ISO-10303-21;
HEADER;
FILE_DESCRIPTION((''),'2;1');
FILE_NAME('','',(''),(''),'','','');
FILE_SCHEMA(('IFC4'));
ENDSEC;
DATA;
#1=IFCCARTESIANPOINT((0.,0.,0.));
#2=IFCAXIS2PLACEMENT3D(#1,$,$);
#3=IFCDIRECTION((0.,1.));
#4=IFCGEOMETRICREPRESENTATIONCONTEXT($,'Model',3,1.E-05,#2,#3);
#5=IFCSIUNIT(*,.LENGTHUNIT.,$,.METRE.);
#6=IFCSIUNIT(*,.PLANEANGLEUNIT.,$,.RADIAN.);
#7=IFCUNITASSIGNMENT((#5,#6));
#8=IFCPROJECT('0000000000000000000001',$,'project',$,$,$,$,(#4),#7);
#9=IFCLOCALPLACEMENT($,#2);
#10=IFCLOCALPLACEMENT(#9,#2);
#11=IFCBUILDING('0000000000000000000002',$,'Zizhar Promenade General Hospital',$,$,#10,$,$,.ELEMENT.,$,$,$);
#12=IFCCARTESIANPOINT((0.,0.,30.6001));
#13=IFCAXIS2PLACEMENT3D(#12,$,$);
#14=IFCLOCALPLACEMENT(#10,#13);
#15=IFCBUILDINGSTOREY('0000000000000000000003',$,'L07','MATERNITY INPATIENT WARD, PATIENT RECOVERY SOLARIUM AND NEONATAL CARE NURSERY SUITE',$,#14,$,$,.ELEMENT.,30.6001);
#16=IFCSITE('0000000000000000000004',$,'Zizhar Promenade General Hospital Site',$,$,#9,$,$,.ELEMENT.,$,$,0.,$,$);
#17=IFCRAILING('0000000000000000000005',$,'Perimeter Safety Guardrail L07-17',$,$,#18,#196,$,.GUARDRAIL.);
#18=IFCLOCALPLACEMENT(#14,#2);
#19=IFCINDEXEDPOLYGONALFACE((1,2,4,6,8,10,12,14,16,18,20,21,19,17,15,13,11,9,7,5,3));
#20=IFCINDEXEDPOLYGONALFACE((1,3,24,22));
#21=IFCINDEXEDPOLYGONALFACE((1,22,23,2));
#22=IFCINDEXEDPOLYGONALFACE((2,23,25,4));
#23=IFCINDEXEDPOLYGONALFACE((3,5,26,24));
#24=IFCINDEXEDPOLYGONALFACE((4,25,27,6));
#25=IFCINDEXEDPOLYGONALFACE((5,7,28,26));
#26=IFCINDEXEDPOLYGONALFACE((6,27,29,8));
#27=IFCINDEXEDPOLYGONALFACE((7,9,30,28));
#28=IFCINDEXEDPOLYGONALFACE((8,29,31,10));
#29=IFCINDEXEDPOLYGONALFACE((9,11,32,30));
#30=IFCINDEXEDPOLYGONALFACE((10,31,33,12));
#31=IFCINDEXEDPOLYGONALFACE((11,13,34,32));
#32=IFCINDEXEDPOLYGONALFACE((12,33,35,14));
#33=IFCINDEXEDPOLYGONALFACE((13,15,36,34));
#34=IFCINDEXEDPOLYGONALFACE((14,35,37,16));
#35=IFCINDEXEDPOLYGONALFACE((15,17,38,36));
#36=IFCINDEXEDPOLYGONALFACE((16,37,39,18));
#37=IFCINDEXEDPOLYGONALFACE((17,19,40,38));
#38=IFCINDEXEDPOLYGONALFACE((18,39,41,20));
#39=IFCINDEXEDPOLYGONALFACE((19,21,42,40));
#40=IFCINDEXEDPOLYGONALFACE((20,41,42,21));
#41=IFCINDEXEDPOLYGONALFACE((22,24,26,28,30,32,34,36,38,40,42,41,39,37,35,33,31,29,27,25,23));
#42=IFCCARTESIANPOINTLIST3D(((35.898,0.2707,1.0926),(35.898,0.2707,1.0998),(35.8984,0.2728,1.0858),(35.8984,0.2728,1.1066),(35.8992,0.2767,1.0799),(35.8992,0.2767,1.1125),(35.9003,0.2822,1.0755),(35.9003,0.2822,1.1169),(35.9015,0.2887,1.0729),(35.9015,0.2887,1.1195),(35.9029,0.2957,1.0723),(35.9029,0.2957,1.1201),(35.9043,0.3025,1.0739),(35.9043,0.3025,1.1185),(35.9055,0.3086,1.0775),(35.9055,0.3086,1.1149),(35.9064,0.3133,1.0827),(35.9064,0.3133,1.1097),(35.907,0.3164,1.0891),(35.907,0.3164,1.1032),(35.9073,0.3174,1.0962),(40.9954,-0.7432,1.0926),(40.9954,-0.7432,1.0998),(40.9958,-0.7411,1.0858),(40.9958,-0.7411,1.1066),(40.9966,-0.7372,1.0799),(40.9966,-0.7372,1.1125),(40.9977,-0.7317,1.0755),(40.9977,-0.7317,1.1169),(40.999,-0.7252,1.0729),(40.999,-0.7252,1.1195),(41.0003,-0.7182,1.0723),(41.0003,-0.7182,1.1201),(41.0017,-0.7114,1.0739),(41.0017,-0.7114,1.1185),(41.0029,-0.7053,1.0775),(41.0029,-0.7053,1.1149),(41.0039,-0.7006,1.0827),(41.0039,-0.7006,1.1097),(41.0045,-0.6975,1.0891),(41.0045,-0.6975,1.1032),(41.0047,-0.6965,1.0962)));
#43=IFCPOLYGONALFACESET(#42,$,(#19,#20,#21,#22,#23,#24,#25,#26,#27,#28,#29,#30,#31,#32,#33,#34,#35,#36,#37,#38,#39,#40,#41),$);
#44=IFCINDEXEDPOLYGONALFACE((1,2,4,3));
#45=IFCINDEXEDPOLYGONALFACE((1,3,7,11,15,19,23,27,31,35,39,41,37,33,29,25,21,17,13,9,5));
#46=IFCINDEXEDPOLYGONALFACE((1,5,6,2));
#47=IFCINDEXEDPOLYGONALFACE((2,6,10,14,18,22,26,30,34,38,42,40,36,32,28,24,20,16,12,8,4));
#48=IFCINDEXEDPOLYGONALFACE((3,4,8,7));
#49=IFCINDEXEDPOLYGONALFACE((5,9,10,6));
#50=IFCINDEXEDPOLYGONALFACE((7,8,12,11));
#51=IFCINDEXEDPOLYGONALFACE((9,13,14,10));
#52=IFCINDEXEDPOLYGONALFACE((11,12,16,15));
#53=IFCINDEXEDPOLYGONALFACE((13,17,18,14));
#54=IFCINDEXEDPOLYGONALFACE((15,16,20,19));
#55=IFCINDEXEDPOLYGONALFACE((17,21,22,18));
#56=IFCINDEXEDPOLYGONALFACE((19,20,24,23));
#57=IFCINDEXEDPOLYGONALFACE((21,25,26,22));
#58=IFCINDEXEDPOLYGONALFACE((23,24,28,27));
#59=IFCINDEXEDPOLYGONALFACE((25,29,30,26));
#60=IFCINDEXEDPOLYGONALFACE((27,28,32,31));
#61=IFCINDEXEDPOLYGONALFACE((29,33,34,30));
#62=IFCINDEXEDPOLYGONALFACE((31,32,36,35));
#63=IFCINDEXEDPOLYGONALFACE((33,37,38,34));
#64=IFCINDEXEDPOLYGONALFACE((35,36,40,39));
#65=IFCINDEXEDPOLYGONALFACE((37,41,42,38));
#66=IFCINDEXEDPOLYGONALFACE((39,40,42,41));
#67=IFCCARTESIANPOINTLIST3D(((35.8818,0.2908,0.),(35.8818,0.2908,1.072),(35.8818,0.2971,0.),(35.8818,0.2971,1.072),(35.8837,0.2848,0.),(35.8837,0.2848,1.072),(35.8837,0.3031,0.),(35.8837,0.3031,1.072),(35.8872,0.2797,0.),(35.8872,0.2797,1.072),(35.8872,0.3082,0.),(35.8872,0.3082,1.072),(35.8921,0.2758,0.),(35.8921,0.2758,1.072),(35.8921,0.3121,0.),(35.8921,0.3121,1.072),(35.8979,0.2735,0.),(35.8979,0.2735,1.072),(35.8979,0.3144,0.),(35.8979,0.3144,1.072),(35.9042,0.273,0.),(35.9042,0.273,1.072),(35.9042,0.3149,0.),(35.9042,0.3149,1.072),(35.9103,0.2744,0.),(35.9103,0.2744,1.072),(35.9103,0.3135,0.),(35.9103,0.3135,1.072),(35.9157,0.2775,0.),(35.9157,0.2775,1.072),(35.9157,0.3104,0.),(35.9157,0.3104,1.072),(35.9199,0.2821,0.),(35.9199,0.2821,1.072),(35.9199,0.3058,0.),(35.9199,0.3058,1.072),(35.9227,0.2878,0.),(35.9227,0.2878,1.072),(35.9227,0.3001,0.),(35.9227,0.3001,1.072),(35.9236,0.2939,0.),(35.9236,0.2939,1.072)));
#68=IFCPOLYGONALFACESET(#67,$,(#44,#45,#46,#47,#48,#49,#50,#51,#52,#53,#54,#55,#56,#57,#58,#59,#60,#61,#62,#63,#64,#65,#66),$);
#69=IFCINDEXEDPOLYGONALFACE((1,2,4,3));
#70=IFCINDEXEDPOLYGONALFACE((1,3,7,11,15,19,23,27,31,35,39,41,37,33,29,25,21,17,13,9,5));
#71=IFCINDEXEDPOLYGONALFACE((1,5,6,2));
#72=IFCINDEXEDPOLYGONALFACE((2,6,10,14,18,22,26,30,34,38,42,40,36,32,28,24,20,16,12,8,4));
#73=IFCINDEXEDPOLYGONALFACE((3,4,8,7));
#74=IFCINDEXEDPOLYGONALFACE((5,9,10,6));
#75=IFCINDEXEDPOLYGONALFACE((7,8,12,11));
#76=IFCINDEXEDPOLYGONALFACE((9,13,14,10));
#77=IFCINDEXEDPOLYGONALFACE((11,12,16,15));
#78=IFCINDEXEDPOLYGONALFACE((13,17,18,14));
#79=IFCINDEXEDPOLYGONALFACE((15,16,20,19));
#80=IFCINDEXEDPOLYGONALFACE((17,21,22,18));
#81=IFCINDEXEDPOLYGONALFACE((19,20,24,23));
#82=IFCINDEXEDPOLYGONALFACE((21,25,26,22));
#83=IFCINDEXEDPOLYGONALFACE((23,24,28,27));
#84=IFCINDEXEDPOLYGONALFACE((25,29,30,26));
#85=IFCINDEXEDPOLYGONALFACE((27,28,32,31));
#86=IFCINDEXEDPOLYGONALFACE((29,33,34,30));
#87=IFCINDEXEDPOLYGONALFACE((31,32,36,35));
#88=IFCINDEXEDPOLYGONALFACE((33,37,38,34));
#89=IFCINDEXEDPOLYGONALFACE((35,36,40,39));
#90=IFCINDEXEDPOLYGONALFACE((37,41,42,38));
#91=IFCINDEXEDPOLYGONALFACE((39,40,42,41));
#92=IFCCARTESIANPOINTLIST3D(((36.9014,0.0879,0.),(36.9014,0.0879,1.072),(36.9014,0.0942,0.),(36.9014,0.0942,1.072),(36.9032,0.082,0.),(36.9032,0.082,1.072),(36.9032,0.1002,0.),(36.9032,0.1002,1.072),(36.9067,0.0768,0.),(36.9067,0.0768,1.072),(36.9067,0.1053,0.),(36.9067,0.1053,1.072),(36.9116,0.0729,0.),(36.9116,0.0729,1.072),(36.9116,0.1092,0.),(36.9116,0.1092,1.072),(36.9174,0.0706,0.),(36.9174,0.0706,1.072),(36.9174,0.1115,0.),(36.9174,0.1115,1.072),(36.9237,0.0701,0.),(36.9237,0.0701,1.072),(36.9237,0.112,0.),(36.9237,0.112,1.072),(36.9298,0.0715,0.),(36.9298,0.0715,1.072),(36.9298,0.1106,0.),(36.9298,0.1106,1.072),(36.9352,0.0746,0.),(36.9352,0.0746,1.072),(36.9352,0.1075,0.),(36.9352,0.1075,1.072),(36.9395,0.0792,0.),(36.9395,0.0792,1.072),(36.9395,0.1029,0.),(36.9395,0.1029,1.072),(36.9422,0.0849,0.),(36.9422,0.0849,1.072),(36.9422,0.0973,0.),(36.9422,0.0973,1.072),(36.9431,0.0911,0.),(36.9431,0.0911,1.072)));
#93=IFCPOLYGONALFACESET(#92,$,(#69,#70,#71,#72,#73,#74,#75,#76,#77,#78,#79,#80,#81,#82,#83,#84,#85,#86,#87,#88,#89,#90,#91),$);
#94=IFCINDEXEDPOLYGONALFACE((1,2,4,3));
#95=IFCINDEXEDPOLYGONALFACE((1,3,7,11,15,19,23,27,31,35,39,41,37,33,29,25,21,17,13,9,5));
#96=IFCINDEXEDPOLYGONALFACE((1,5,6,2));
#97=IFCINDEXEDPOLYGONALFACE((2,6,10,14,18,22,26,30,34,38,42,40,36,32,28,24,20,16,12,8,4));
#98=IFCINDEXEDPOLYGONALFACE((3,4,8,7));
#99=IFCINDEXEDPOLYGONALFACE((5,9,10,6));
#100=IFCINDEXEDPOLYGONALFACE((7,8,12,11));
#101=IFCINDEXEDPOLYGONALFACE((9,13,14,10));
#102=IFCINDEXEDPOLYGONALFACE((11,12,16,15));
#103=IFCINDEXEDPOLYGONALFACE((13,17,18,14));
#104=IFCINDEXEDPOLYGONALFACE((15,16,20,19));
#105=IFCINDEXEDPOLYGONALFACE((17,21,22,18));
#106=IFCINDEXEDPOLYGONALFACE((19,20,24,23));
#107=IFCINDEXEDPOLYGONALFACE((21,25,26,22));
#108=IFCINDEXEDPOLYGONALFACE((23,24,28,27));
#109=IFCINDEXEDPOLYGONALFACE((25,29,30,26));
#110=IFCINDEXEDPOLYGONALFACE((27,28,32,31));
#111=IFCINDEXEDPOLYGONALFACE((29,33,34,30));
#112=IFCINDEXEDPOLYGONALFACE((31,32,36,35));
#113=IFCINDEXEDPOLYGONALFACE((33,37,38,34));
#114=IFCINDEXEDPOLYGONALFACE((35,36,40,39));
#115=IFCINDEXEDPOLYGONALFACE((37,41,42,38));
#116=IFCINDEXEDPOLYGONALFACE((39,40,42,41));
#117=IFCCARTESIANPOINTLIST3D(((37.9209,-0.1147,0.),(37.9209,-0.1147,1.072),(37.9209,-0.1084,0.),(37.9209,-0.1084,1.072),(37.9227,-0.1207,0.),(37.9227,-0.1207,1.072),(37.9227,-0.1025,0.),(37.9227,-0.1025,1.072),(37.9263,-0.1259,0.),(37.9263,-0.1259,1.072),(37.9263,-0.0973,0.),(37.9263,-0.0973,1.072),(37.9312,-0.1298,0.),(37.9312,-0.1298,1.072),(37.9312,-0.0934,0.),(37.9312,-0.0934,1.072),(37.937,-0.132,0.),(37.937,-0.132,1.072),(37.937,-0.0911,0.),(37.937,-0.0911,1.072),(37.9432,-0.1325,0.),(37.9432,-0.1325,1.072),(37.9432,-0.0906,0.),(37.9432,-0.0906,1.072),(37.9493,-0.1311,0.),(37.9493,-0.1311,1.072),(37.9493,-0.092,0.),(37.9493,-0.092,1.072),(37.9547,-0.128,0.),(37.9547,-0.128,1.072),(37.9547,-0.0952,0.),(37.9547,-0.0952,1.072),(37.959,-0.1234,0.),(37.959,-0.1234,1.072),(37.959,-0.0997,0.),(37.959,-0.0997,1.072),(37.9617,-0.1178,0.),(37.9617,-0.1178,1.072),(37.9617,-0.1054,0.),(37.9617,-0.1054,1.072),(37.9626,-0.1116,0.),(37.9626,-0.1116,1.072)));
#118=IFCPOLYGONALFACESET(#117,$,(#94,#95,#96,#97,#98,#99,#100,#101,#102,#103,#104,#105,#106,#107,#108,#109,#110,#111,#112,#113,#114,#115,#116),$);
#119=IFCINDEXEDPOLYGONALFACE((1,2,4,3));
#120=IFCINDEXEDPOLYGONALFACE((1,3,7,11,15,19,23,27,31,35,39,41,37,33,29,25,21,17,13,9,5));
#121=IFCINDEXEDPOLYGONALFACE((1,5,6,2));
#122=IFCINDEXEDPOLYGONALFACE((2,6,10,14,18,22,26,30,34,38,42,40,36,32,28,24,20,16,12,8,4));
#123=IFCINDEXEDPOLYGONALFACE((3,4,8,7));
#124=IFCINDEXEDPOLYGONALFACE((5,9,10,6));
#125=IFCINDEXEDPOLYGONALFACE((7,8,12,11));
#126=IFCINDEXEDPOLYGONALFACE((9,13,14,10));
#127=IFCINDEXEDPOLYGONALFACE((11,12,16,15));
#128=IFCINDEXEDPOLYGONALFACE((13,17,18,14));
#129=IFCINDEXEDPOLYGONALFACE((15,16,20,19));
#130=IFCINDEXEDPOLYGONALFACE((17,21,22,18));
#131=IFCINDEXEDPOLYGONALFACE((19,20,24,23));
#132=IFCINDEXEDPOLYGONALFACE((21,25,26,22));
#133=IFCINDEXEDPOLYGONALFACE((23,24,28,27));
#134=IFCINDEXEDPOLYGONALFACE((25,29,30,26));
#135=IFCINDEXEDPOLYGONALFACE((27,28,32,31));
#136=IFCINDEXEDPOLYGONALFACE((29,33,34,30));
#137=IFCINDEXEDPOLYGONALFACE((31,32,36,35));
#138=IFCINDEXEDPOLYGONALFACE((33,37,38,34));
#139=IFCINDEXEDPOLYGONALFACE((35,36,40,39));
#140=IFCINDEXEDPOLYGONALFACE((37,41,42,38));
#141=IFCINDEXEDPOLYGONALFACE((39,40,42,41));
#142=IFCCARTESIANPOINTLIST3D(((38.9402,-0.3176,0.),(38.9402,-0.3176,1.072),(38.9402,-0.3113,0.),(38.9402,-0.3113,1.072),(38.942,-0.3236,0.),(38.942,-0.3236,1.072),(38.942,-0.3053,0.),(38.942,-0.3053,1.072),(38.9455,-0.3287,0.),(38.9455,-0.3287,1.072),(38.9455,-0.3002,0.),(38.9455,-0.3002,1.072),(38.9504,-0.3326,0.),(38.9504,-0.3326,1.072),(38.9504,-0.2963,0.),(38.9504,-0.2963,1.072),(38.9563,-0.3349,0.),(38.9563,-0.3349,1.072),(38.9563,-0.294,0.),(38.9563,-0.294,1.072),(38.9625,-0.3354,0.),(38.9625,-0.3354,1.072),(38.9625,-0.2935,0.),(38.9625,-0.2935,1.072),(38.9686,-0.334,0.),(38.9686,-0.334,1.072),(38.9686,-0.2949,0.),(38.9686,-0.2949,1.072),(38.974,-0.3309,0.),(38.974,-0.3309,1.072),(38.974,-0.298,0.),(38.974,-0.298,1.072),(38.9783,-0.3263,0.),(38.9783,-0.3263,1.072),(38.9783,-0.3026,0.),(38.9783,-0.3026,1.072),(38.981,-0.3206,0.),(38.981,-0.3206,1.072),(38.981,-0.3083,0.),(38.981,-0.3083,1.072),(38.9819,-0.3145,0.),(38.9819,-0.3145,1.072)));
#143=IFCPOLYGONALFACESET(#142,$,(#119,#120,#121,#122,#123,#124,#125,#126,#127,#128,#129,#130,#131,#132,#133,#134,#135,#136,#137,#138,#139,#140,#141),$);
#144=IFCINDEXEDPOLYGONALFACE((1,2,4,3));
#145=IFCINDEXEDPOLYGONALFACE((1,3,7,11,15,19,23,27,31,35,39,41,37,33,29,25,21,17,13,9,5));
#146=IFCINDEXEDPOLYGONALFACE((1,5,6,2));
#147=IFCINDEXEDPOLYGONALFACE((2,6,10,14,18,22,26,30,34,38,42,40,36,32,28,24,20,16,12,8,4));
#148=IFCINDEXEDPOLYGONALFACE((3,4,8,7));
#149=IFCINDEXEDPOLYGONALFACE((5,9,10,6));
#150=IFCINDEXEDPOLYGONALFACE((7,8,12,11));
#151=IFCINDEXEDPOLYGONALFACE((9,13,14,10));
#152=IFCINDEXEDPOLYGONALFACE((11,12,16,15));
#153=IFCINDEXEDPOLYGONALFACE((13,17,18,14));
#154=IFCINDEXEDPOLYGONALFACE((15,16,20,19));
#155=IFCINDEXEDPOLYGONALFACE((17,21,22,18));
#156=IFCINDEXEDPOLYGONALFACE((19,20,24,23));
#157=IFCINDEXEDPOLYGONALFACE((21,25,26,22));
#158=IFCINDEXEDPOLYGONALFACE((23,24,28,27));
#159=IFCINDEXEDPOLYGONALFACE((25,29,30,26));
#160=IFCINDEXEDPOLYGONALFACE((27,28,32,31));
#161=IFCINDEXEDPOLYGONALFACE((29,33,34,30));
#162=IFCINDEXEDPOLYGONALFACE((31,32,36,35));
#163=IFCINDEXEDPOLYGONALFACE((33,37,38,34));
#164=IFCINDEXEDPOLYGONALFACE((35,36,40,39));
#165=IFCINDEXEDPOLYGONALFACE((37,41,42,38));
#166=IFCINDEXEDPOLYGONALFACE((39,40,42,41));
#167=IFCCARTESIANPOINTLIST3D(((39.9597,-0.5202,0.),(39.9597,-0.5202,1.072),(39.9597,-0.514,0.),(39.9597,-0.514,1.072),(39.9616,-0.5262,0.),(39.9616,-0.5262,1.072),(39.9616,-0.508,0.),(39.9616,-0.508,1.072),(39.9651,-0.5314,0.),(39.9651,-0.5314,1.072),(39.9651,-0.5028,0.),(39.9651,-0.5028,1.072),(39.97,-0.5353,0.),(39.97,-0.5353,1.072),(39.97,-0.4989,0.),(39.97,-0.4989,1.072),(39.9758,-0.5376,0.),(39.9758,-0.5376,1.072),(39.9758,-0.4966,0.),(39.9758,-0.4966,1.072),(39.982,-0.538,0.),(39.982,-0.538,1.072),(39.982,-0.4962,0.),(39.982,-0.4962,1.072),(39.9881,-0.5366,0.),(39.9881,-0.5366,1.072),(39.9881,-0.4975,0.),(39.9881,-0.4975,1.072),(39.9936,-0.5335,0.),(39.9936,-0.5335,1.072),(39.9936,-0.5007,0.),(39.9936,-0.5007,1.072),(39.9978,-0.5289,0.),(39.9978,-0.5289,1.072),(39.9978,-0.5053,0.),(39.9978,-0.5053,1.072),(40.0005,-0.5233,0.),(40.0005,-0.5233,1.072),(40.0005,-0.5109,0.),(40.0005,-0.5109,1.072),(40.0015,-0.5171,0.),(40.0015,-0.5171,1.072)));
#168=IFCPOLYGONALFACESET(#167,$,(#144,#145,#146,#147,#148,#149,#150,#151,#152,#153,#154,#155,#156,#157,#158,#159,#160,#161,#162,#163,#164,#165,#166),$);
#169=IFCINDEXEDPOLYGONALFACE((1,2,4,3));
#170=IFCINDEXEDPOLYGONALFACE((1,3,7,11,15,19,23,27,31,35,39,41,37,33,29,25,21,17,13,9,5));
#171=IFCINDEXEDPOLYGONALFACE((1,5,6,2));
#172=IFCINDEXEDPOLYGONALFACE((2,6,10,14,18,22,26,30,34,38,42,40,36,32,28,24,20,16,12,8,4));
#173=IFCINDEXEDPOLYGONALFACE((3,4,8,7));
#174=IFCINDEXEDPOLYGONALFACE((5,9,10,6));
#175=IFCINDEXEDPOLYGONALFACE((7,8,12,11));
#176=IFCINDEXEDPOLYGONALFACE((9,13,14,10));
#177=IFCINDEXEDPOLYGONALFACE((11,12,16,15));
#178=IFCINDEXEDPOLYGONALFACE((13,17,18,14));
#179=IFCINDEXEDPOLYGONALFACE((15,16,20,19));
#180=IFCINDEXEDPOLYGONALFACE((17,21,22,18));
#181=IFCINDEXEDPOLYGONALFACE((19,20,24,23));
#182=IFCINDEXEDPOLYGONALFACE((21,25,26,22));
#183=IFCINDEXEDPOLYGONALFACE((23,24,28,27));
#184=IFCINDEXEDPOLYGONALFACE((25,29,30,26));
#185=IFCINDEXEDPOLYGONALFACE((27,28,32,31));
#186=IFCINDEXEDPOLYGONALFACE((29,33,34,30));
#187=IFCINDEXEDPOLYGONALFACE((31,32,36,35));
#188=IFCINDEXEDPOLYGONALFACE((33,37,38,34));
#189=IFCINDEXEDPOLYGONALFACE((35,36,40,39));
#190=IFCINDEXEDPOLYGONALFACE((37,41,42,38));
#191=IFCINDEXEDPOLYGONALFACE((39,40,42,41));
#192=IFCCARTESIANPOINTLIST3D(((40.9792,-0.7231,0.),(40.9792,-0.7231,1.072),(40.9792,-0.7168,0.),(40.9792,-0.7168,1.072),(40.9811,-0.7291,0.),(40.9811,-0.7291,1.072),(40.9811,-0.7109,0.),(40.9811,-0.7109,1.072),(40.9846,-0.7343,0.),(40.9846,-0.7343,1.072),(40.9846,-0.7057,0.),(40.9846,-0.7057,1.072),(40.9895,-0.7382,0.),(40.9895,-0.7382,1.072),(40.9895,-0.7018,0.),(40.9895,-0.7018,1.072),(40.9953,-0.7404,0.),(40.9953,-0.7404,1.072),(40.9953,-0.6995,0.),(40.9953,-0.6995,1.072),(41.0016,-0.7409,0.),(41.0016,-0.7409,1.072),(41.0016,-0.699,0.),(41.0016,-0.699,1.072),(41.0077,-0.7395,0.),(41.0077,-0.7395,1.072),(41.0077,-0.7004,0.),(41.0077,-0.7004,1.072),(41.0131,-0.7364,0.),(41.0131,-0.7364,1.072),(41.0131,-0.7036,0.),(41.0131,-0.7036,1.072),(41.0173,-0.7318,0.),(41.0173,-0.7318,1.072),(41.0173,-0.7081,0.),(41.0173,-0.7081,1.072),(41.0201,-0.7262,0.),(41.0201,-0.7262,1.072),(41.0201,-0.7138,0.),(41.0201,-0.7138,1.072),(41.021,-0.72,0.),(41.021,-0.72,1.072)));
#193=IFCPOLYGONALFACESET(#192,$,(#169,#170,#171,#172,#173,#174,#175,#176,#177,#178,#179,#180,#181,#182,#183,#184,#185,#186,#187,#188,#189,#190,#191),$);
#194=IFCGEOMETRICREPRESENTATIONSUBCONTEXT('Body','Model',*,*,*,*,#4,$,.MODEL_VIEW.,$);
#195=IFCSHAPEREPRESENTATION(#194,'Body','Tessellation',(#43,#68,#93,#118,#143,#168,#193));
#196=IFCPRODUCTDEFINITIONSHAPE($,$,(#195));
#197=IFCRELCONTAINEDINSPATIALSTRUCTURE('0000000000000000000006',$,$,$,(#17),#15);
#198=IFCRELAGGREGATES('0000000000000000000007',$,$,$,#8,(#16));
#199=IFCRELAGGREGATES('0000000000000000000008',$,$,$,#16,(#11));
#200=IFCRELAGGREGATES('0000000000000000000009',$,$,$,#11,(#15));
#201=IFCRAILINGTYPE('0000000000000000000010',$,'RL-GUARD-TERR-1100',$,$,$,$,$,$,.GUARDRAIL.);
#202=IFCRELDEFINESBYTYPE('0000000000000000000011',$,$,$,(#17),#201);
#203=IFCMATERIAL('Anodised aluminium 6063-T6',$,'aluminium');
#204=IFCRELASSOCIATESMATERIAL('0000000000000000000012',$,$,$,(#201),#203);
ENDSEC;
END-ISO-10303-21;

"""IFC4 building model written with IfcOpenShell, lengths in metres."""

from ifc_helpers import new_model, si_unit, direction, frame, origin, origin_2d, place, context, subcontext, project, spatial, circle, hollow_circle, extrude, material, material_profile, profile_set, type_object, element, save


model = new_model("IFC4")

# Units and contexts
model_context = context("Model", 3, precision=1e-05, world=origin(), true_north=direction((0.0, 1.0)))
body_context = subcontext(model_context, "Body", "Model", "MODEL_VIEW")
ifc_project = project(units=[si_unit("LENGTHUNIT", "METRE"), si_unit("PLANEANGLEUNIT", "RADIAN")], contexts=[model_context])

# Site, building, storey
site_placement = place(None, origin())
site = spatial("IfcSite", under=ifc_project, at=site_placement, Name="Zizhar Promenade General Hospital Site", CompositionType="ELEMENT", RefElevation=0.0)
building_placement = place(site_placement, origin())
building = spatial("IfcBuilding", under=site, at=building_placement, Name="Zizhar Promenade General Hospital", CompositionType="ELEMENT")
storey_placement = place(building_placement, frame((0.0, 0.0, 30.6001)))
storey = spatial("IfcBuildingStorey", under=building, at=storey_placement, Name="L07", Description="MATERNITY INPATIENT WARD, PATIENT RECOVERY SOLARIUM AND NEONATAL CARE NURSERY SUITE", CompositionType="ELEMENT", Elevation=30.6001)

# Railing
ifc_material_1 = material(Name="Anodised aluminium 6063-T6", Category="aluminium")
ifc_material_profile_1 = material_profile(ifc_material_1, hollow_circle(Radius=0.0698, WallThickness=0.0063, at=origin_2d()))
ifc_profile_set_1 = profile_set([ifc_material_profile_1], Name="Anodised aluminium 6063-T6")
railing_type = type_object("IfcRailingType", Name="RL-GUARD-TERR-1100", PredefinedType="GUARDRAIL", material=ifc_profile_set_1)
railing_1_placement = place(storey_placement, frame((35.9026, 0.2939, 0.0)))
element("IfcRailing", 1, at=railing_1_placement, inside=storey, type_object=railing_type, Name="Perimeter Safety Guardrail L07-17", PredefinedType="GUARDRAIL", context=body_context, shape_type="SweptSolid", body=[
    extrude(circle(Radius=0.0239, at=origin_2d()), frame((0.0, 0.0, 1.0962), z_axis=(0.980786, -0.195086, 0.0), x_axis=(0.195086, 0.980786, 0.0)), (0.0, 0.0, 1.0), 5.1973),
    extrude(circle(Radius=0.021, at=origin_2d()), origin(), (0.0, 0.0, 1.0), 1.072),
    extrude(circle(Radius=0.021, at=origin_2d()), frame((1.0195, -0.2029, 0.0)), (0.0, 0.0, 1.0), 1.072),
    extrude(circle(Radius=0.021, at=origin_2d()), frame((2.0391, -0.4055, 0.0)), (0.0, 0.0, 1.0), 1.072),
    extrude(circle(Radius=0.021, at=origin_2d()), frame((3.0583, -0.6084, 0.0)), (0.0, 0.0, 1.0), 1.072),
    extrude(circle(Radius=0.021, at=origin_2d()), frame((4.0779, -0.811, 0.0)), (0.0, 0.0, 1.0), 1.072),
    extrude(circle(Radius=0.021, at=origin_2d()), frame((5.0974, -1.0139, 0.0)), (0.0, 0.0, 1.0), 1.072),
])

save(model, "model.ifc")
